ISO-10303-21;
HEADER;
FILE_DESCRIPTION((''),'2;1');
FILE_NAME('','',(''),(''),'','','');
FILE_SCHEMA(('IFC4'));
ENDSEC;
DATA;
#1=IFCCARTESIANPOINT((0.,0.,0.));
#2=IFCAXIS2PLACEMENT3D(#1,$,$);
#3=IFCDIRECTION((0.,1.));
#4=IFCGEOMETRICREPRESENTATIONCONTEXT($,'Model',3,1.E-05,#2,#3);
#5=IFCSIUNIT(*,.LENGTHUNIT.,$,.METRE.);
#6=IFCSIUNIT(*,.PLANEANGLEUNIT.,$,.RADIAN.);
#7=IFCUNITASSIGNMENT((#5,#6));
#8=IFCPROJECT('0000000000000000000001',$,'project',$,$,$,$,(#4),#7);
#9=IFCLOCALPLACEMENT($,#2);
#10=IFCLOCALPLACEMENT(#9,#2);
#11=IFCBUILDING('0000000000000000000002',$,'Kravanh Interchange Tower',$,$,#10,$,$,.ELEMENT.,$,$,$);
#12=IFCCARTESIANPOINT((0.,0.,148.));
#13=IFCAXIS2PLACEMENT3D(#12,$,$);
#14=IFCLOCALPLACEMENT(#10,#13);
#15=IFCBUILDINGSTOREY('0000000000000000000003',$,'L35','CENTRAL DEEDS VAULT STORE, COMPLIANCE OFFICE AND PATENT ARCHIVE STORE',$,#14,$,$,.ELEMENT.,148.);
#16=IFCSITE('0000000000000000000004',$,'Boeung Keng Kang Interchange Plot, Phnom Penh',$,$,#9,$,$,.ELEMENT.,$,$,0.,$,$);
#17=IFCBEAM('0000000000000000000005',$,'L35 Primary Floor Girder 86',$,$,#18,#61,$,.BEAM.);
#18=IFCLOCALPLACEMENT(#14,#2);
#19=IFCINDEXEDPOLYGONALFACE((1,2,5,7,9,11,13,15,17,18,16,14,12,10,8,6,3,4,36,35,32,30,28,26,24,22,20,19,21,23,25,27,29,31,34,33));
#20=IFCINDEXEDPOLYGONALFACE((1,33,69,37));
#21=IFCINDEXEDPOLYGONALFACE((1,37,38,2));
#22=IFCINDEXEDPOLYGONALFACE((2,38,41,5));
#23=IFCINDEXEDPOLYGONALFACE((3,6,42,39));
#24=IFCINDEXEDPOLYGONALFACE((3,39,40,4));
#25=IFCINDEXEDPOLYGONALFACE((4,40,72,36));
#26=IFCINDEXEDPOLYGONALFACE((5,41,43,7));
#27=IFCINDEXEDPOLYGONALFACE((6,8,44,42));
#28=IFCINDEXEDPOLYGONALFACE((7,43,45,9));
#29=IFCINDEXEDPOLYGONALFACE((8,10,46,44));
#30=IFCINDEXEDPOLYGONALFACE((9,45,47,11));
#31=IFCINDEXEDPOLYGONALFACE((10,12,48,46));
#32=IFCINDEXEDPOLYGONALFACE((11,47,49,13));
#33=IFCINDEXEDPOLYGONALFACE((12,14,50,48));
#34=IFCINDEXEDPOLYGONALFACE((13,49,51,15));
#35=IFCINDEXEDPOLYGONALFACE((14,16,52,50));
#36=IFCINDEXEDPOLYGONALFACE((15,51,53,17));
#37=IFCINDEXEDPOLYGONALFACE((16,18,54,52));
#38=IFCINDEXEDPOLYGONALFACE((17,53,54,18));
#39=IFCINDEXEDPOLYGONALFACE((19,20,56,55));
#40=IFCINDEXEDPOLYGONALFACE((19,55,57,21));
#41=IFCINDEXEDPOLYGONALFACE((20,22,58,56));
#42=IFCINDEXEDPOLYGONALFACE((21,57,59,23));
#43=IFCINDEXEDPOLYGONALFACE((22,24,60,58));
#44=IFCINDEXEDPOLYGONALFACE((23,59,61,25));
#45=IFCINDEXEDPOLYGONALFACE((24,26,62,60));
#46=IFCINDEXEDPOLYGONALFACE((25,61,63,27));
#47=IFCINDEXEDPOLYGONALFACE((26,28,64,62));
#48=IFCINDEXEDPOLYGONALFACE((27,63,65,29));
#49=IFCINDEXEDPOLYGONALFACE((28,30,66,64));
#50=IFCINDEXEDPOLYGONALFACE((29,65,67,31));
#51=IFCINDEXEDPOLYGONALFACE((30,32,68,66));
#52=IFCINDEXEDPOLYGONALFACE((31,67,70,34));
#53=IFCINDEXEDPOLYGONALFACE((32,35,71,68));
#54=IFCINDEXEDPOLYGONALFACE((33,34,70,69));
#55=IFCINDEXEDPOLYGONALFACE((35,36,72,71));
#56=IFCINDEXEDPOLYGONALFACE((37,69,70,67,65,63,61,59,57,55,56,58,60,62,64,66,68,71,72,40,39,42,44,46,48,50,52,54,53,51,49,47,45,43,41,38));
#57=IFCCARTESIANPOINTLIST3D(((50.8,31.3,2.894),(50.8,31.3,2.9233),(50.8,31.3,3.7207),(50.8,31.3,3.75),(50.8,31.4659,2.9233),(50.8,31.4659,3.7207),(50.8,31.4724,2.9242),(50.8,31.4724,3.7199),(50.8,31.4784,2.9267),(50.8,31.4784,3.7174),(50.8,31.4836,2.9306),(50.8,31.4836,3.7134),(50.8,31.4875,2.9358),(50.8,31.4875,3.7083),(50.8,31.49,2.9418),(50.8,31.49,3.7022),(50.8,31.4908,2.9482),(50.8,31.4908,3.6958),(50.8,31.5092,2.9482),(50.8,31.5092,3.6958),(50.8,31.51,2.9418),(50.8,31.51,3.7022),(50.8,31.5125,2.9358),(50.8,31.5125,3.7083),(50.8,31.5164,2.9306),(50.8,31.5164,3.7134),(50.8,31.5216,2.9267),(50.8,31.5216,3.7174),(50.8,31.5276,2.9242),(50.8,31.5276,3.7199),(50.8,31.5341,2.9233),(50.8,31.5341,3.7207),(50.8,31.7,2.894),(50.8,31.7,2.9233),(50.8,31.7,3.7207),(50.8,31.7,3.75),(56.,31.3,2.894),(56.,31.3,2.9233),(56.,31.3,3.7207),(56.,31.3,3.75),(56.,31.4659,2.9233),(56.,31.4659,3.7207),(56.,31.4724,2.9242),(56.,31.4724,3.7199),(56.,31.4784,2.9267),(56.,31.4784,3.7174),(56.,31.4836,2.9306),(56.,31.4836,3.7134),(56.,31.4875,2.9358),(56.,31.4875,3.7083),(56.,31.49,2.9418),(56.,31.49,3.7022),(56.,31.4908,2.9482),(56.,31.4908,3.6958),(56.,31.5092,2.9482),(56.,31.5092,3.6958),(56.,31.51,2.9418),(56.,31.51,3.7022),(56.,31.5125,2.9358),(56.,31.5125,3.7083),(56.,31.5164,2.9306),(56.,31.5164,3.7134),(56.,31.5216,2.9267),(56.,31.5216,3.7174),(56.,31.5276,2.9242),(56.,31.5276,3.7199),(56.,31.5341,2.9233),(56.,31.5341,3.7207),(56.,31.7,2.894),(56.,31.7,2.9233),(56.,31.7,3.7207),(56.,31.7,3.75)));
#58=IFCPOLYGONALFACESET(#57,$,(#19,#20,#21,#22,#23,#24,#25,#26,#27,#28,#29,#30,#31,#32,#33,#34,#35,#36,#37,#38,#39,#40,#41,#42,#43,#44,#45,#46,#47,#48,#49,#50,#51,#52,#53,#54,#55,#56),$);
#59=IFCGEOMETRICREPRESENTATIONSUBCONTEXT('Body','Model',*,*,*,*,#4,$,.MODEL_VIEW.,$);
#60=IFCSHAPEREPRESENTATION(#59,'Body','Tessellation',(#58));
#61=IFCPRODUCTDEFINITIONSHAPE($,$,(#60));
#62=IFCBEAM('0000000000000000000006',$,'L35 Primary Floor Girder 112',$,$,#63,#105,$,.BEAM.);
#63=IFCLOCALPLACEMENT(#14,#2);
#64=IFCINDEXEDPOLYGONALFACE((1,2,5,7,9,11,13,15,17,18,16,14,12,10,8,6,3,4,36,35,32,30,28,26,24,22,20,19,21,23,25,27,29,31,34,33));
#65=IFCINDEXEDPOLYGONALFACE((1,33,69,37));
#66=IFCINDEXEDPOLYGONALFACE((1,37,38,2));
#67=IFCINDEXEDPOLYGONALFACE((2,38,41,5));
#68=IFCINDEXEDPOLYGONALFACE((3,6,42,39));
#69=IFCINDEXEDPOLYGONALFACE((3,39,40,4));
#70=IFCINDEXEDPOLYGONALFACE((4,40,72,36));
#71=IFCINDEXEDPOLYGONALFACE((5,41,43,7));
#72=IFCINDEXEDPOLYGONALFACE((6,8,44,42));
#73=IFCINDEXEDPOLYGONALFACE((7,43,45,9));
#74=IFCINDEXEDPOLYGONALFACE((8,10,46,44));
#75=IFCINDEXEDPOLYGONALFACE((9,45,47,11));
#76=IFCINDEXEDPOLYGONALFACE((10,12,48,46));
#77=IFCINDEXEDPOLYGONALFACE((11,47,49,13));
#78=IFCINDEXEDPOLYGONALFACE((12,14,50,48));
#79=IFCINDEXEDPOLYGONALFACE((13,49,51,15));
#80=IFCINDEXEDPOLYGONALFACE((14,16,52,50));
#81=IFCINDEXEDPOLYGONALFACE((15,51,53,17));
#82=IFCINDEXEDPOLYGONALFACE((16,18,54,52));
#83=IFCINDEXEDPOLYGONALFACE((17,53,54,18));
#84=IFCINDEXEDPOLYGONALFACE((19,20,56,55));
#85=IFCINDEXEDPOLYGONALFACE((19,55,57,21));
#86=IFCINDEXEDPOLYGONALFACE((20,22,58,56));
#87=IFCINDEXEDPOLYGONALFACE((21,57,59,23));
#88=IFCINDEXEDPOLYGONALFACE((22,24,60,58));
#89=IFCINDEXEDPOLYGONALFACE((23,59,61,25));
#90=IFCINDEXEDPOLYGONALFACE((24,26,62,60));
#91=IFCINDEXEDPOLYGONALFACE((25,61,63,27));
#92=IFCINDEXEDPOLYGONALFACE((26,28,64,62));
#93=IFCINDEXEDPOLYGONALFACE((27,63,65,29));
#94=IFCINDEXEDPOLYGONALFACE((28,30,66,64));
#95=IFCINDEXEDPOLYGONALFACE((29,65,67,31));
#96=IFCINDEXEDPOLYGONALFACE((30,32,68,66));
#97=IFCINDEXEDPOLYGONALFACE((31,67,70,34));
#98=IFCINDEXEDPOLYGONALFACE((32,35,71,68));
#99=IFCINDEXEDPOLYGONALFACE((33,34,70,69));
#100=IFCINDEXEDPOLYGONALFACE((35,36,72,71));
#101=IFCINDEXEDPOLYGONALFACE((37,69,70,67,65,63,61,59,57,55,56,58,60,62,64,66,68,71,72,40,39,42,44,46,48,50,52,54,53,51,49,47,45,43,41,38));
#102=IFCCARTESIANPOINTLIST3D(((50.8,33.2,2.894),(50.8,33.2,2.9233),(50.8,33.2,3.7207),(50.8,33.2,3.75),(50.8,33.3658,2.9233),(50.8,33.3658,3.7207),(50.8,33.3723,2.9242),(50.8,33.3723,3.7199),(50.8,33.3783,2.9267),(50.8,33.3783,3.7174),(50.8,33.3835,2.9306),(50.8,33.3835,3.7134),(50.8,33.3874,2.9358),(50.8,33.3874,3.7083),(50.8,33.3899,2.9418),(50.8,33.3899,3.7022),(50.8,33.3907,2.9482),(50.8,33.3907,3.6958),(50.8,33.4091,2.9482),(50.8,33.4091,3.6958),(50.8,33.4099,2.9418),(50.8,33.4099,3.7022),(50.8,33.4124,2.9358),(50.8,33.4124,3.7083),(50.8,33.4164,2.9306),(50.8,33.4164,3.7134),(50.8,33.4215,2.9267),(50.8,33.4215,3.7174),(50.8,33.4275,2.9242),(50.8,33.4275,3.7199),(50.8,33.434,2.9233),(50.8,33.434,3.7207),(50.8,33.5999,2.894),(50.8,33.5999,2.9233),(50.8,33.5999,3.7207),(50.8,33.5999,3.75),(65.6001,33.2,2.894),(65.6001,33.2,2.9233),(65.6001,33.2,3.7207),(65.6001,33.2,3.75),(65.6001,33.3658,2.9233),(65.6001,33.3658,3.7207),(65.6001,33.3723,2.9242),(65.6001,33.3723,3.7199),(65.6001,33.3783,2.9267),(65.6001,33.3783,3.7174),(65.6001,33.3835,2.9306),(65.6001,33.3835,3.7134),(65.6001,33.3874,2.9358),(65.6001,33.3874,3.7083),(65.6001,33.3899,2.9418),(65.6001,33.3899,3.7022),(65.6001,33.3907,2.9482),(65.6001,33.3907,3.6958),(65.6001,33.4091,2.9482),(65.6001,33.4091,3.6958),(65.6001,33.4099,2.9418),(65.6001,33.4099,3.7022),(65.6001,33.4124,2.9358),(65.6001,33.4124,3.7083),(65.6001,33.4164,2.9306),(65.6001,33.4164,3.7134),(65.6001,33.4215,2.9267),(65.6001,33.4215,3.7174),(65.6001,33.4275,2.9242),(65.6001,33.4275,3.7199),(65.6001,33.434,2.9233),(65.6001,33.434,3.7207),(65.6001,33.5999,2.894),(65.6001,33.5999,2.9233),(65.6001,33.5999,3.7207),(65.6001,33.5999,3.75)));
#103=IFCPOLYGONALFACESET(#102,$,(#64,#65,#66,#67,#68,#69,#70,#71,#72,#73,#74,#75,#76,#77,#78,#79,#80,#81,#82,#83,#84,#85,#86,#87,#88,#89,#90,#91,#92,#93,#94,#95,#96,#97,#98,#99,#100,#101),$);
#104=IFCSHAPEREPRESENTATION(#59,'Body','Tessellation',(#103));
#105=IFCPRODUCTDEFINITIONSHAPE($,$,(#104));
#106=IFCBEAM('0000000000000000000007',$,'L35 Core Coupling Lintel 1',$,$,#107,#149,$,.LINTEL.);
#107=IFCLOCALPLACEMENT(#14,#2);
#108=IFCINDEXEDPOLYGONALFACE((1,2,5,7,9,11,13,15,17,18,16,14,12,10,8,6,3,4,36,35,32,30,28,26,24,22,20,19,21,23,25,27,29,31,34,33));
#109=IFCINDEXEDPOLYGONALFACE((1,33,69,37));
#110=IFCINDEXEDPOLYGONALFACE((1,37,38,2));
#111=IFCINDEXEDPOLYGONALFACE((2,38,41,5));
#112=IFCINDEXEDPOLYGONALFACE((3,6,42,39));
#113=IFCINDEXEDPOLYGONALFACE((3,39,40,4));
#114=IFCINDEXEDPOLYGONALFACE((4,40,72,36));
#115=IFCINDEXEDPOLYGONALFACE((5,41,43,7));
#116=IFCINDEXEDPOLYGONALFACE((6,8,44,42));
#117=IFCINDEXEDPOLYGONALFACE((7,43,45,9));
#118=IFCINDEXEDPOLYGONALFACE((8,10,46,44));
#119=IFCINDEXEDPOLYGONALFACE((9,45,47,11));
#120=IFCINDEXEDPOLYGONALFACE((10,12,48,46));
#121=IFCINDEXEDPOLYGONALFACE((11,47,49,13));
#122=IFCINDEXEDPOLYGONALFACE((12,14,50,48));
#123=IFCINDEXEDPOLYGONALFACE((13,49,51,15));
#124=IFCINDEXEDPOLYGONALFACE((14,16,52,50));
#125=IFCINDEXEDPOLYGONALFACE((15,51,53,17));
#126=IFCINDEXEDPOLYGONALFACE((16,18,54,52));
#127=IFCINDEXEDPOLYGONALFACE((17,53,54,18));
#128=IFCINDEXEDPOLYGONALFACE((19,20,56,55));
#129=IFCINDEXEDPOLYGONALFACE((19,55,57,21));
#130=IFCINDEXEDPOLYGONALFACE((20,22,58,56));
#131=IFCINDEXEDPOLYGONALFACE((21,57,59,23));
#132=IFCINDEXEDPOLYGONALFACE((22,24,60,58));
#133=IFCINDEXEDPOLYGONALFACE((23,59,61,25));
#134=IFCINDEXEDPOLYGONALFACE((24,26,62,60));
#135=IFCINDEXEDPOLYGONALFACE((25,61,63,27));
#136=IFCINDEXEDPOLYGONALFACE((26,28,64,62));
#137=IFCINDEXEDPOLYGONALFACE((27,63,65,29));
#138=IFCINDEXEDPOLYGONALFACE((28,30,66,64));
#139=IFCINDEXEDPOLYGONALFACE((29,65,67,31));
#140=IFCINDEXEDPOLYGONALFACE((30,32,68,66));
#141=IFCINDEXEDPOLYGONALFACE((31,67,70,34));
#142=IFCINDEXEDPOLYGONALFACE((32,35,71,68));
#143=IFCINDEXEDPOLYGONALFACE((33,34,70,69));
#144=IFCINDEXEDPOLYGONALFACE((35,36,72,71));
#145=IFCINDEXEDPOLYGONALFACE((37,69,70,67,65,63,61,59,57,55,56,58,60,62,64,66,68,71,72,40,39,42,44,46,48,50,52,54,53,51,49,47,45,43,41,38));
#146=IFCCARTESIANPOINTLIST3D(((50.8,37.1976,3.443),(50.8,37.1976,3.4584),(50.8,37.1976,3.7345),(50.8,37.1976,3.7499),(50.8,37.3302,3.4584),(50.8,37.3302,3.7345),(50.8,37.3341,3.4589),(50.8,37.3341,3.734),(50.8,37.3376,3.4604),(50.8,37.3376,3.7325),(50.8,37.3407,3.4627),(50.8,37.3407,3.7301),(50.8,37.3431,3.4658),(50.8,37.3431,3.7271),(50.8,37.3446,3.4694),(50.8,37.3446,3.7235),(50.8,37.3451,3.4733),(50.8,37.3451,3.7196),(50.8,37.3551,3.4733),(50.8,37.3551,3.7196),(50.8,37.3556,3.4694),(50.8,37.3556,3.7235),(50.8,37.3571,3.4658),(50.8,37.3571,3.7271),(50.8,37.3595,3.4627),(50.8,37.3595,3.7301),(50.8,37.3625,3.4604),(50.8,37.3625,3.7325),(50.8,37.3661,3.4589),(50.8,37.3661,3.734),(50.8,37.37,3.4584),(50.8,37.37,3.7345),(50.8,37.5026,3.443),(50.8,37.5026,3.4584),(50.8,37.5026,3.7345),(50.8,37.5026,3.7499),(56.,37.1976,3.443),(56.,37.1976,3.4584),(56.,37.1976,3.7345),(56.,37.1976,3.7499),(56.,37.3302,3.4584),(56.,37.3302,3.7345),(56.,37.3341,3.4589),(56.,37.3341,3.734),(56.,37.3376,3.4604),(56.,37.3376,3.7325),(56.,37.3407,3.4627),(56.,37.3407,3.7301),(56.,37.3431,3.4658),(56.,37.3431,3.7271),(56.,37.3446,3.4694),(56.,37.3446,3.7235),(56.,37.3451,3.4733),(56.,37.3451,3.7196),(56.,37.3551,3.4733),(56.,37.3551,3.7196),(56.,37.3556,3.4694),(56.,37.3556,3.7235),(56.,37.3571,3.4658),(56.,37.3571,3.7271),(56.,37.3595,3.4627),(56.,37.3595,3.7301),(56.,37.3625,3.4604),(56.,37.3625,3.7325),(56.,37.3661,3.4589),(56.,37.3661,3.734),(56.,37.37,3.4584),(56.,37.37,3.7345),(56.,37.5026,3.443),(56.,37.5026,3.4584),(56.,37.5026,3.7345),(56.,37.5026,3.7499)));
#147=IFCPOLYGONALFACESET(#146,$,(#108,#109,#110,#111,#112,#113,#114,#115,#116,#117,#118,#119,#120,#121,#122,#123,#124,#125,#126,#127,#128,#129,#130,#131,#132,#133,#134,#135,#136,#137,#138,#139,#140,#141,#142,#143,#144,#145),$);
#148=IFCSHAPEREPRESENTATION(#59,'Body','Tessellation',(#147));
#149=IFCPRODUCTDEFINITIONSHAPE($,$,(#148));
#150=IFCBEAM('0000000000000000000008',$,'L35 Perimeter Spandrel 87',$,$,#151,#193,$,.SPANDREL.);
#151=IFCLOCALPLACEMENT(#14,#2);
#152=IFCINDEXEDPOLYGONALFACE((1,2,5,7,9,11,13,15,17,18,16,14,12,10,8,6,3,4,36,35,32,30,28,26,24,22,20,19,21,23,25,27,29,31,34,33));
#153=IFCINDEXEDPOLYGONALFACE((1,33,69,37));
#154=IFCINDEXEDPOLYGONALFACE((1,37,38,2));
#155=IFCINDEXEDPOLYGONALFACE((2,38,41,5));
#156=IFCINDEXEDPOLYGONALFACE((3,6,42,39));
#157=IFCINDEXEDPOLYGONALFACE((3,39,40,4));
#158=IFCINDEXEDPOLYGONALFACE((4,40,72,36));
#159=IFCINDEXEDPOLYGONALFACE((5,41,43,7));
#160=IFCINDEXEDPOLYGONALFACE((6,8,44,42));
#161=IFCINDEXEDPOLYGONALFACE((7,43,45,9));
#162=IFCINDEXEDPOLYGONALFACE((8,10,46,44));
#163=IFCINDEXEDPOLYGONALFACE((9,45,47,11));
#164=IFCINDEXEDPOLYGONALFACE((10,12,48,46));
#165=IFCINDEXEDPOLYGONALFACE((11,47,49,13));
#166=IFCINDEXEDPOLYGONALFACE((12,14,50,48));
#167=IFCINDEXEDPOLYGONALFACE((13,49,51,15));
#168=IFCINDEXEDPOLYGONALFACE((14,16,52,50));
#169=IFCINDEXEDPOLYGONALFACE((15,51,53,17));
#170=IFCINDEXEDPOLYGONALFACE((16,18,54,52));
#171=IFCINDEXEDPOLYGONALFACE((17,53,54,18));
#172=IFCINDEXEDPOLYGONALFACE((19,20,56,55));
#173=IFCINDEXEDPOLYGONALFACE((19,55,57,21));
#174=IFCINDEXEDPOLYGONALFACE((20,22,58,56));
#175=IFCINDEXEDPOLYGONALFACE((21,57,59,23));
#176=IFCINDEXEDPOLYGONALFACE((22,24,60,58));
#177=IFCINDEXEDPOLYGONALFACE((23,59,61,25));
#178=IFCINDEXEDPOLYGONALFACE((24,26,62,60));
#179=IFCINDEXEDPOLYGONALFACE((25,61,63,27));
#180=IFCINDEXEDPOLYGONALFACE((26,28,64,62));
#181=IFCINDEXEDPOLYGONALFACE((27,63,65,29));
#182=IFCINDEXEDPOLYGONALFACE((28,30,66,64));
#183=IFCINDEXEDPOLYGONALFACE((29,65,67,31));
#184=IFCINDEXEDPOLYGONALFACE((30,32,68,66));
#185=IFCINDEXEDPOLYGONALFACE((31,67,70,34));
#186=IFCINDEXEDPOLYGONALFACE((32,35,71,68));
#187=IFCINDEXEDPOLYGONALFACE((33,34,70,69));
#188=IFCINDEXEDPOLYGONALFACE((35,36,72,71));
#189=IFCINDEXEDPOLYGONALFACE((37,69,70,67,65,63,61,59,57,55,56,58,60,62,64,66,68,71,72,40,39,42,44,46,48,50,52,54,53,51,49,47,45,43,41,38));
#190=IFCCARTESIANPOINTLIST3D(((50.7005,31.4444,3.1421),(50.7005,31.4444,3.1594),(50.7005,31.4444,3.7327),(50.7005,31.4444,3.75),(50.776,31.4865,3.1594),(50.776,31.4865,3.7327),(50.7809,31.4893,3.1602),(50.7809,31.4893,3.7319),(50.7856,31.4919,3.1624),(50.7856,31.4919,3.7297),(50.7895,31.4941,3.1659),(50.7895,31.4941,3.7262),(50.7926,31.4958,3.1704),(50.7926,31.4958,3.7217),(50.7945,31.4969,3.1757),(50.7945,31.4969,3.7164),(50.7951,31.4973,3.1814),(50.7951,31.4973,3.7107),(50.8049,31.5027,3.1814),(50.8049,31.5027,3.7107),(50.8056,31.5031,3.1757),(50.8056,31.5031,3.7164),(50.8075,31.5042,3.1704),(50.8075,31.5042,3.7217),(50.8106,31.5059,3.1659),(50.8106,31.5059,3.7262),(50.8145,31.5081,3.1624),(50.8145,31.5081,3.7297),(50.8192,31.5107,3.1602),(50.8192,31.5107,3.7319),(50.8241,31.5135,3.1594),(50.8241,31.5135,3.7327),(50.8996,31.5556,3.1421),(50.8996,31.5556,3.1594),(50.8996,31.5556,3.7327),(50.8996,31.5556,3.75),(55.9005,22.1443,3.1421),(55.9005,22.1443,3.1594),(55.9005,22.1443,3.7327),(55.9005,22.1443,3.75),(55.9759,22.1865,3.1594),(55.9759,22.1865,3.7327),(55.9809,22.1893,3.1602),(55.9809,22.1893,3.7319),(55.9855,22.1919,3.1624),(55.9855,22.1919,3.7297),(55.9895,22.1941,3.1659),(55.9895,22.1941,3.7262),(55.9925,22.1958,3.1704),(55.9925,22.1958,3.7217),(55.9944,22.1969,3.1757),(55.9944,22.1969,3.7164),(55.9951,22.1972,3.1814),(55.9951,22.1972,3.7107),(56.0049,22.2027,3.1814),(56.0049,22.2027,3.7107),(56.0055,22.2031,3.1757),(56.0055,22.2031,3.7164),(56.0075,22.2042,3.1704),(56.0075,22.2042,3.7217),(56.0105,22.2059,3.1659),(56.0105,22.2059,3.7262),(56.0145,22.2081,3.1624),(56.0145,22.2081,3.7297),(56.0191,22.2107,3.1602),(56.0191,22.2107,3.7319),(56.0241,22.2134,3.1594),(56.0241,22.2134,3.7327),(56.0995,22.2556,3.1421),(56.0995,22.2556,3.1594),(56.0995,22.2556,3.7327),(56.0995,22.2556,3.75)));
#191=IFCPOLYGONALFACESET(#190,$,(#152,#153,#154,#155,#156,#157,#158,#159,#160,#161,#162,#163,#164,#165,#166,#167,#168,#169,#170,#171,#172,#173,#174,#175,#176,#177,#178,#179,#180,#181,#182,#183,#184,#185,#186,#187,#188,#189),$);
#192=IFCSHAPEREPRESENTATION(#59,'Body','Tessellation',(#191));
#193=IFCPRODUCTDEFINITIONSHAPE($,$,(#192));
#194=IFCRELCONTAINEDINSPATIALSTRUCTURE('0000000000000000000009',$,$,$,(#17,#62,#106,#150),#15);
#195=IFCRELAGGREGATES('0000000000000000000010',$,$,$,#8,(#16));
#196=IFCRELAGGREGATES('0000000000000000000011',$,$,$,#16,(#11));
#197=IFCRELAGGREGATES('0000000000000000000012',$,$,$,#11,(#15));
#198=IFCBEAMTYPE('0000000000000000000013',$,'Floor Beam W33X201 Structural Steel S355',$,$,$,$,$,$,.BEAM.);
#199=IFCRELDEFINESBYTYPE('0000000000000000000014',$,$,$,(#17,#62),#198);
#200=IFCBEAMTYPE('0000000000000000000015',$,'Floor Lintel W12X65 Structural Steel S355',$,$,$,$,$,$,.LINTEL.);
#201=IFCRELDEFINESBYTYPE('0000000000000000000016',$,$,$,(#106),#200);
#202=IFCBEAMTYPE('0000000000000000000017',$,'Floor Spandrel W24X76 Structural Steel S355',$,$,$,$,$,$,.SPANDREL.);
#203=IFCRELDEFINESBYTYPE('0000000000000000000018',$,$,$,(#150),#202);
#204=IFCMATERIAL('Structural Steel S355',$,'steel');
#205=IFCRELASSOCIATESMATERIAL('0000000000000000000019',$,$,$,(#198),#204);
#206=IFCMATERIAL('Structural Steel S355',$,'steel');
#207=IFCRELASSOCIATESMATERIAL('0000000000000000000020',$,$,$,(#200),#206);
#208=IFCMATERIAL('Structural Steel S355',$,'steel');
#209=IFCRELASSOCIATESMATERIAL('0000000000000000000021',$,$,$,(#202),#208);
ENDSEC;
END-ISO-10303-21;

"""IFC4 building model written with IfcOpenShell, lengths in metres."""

from ifc_helpers import new_model, si_unit, direction, frame, origin, origin_2d, place, context, subcontext, project, spatial, i_section, extrude, material, material_profile, profile_set, type_object, element, save


model = new_model("IFC4")

# Units and contexts
model_context = context("Model", 3, precision=1e-05, world=origin(), true_north=direction((0.0, 1.0)))
body_context = subcontext(model_context, "Body", "Model", "MODEL_VIEW")
ifc_project = project(units=[si_unit("LENGTHUNIT", "METRE"), si_unit("PLANEANGLEUNIT", "RADIAN")], contexts=[model_context])

# Site, building, storey
site_placement = place(None, origin())
site = spatial("IfcSite", under=ifc_project, at=site_placement, Name="Boeung Keng Kang Interchange Plot, Phnom Penh", CompositionType="ELEMENT", RefElevation=0.0)
building_placement = place(site_placement, origin())
building = spatial("IfcBuilding", under=site, at=building_placement, Name="Kravanh Interchange Tower", CompositionType="ELEMENT")
storey_placement = place(building_placement, frame((0.0, 0.0, 148.0)))
storey = spatial("IfcBuildingStorey", under=building, at=storey_placement, Name="L35", Description="CENTRAL DEEDS VAULT STORE, COMPLIANCE OFFICE AND PATENT ARCHIVE STORE", CompositionType="ELEMENT", Elevation=148.0)

# Beams
ifc_material_1 = material(Name="Structural Steel S355", Category="steel")
ifc_material_profile_1 = material_profile(ifc_material_1, i_section(OverallWidth=0.3999, OverallDepth=0.856, WebThickness=0.0183, FlangeThickness=0.0293, FilletRadius=0.0249, at=origin_2d()), Name="W33X201")
ifc_profile_set_1 = profile_set([ifc_material_profile_1], Name="Structural Steel S355")
beam_type_1 = type_object("IfcBeamType", Name="Floor Beam W33X201 Structural Steel S355", PredefinedType="BEAM", material=ifc_profile_set_1)
beam_1_placement = place(storey_placement, frame((50.8, 31.5, 3.322), z_axis=(1.0, 0.0, 0.0), x_axis=(0.0, 1.0, 0.0)))
element("IfcBeam", 1, at=beam_1_placement, inside=storey, type_object=beam_type_1, Name="L35 Primary Floor Girder 86", PredefinedType="BEAM", context=body_context, shape_type="SweptSolid", body=[
    extrude(i_section(OverallWidth=0.3999, OverallDepth=0.856, WebThickness=0.0183, FlangeThickness=0.0293, FilletRadius=0.0249, at=origin_2d()), origin(), (0.0, 0.0, 1.0), 5.2),
])
beam_2_placement = place(storey_placement, frame((50.8, 33.3999, 3.322), z_axis=(1.0, 0.0, 0.0), x_axis=(0.0, 1.0, 0.0)))
element("IfcBeam", 2, at=beam_2_placement, inside=storey, type_object=beam_type_1, Name="L35 Primary Floor Girder 112", PredefinedType="BEAM", context=body_context, shape_type="SweptSolid", body=[
    extrude(i_section(OverallWidth=0.3999, OverallDepth=0.856, WebThickness=0.0183, FlangeThickness=0.0293, FilletRadius=0.0249, at=origin_2d()), origin(), (0.0, 0.0, 1.0), 14.8),
])
ifc_material_2 = material(Name="Structural Steel S355", Category="steel")
ifc_material_profile_2 = material_profile(ifc_material_2, i_section(OverallWidth=0.3049, OverallDepth=0.3069, WebThickness=0.01, FlangeThickness=0.0154, FilletRadius=0.0149, at=origin_2d()), Name="W12X65")
ifc_profile_set_2 = profile_set([ifc_material_profile_2], Name="Structural Steel S355")
beam_type_2 = type_object("IfcBeamType", Name="Floor Lintel W12X65 Structural Steel S355", PredefinedType="LINTEL", material=ifc_profile_set_2)
beam_3_placement = place(storey_placement, frame((50.8, 37.3501, 3.5964), z_axis=(1.0, 0.0, 0.0), x_axis=(0.0, 1.0, 0.0)))
element("IfcBeam", 3, at=beam_3_placement, inside=storey, type_object=beam_type_2, Name="L35 Core Coupling Lintel 1", PredefinedType="LINTEL", context=body_context, shape_type="SweptSolid", body=[
    extrude(i_section(OverallWidth=0.3049, OverallDepth=0.3069, WebThickness=0.01, FlangeThickness=0.0154, FilletRadius=0.0149, at=origin_2d()), origin(), (0.0, 0.0, 1.0), 5.2),
])
ifc_material_3 = material(Name="Structural Steel S355", Category="steel")
ifc_material_profile_3 = material_profile(ifc_material_3, i_section(OverallWidth=0.228, OverallDepth=0.6079, WebThickness=0.0112, FlangeThickness=0.0173, FilletRadius=0.022, at=origin_2d()), Name="W24X76")
ifc_profile_set_3 = profile_set([ifc_material_profile_3], Name="Structural Steel S355")
beam_type_3 = type_object("IfcBeamType", Name="Floor Spandrel W24X76 Structural Steel S355", PredefinedType="SPANDREL", material=ifc_profile_set_3)
beam_4_placement = place(storey_placement, frame((50.8, 31.5, 3.446), z_axis=(0.488026, -0.872829, 0.0), x_axis=(0.872829, 0.488026, 0.0)))
element("IfcBeam", 4, at=beam_4_placement, inside=storey, type_object=beam_type_3, Name="L35 Perimeter Spandrel 87", PredefinedType="SPANDREL", context=body_context, shape_type="SweptSolid", body=[
    extrude(i_section(OverallWidth=0.228, OverallDepth=0.6079, WebThickness=0.0112, FlangeThickness=0.0173, FilletRadius=0.022, at=origin_2d()), origin(), (0.0, 0.0, 1.0), 10.655),
])

save(model, "model.ifc")
